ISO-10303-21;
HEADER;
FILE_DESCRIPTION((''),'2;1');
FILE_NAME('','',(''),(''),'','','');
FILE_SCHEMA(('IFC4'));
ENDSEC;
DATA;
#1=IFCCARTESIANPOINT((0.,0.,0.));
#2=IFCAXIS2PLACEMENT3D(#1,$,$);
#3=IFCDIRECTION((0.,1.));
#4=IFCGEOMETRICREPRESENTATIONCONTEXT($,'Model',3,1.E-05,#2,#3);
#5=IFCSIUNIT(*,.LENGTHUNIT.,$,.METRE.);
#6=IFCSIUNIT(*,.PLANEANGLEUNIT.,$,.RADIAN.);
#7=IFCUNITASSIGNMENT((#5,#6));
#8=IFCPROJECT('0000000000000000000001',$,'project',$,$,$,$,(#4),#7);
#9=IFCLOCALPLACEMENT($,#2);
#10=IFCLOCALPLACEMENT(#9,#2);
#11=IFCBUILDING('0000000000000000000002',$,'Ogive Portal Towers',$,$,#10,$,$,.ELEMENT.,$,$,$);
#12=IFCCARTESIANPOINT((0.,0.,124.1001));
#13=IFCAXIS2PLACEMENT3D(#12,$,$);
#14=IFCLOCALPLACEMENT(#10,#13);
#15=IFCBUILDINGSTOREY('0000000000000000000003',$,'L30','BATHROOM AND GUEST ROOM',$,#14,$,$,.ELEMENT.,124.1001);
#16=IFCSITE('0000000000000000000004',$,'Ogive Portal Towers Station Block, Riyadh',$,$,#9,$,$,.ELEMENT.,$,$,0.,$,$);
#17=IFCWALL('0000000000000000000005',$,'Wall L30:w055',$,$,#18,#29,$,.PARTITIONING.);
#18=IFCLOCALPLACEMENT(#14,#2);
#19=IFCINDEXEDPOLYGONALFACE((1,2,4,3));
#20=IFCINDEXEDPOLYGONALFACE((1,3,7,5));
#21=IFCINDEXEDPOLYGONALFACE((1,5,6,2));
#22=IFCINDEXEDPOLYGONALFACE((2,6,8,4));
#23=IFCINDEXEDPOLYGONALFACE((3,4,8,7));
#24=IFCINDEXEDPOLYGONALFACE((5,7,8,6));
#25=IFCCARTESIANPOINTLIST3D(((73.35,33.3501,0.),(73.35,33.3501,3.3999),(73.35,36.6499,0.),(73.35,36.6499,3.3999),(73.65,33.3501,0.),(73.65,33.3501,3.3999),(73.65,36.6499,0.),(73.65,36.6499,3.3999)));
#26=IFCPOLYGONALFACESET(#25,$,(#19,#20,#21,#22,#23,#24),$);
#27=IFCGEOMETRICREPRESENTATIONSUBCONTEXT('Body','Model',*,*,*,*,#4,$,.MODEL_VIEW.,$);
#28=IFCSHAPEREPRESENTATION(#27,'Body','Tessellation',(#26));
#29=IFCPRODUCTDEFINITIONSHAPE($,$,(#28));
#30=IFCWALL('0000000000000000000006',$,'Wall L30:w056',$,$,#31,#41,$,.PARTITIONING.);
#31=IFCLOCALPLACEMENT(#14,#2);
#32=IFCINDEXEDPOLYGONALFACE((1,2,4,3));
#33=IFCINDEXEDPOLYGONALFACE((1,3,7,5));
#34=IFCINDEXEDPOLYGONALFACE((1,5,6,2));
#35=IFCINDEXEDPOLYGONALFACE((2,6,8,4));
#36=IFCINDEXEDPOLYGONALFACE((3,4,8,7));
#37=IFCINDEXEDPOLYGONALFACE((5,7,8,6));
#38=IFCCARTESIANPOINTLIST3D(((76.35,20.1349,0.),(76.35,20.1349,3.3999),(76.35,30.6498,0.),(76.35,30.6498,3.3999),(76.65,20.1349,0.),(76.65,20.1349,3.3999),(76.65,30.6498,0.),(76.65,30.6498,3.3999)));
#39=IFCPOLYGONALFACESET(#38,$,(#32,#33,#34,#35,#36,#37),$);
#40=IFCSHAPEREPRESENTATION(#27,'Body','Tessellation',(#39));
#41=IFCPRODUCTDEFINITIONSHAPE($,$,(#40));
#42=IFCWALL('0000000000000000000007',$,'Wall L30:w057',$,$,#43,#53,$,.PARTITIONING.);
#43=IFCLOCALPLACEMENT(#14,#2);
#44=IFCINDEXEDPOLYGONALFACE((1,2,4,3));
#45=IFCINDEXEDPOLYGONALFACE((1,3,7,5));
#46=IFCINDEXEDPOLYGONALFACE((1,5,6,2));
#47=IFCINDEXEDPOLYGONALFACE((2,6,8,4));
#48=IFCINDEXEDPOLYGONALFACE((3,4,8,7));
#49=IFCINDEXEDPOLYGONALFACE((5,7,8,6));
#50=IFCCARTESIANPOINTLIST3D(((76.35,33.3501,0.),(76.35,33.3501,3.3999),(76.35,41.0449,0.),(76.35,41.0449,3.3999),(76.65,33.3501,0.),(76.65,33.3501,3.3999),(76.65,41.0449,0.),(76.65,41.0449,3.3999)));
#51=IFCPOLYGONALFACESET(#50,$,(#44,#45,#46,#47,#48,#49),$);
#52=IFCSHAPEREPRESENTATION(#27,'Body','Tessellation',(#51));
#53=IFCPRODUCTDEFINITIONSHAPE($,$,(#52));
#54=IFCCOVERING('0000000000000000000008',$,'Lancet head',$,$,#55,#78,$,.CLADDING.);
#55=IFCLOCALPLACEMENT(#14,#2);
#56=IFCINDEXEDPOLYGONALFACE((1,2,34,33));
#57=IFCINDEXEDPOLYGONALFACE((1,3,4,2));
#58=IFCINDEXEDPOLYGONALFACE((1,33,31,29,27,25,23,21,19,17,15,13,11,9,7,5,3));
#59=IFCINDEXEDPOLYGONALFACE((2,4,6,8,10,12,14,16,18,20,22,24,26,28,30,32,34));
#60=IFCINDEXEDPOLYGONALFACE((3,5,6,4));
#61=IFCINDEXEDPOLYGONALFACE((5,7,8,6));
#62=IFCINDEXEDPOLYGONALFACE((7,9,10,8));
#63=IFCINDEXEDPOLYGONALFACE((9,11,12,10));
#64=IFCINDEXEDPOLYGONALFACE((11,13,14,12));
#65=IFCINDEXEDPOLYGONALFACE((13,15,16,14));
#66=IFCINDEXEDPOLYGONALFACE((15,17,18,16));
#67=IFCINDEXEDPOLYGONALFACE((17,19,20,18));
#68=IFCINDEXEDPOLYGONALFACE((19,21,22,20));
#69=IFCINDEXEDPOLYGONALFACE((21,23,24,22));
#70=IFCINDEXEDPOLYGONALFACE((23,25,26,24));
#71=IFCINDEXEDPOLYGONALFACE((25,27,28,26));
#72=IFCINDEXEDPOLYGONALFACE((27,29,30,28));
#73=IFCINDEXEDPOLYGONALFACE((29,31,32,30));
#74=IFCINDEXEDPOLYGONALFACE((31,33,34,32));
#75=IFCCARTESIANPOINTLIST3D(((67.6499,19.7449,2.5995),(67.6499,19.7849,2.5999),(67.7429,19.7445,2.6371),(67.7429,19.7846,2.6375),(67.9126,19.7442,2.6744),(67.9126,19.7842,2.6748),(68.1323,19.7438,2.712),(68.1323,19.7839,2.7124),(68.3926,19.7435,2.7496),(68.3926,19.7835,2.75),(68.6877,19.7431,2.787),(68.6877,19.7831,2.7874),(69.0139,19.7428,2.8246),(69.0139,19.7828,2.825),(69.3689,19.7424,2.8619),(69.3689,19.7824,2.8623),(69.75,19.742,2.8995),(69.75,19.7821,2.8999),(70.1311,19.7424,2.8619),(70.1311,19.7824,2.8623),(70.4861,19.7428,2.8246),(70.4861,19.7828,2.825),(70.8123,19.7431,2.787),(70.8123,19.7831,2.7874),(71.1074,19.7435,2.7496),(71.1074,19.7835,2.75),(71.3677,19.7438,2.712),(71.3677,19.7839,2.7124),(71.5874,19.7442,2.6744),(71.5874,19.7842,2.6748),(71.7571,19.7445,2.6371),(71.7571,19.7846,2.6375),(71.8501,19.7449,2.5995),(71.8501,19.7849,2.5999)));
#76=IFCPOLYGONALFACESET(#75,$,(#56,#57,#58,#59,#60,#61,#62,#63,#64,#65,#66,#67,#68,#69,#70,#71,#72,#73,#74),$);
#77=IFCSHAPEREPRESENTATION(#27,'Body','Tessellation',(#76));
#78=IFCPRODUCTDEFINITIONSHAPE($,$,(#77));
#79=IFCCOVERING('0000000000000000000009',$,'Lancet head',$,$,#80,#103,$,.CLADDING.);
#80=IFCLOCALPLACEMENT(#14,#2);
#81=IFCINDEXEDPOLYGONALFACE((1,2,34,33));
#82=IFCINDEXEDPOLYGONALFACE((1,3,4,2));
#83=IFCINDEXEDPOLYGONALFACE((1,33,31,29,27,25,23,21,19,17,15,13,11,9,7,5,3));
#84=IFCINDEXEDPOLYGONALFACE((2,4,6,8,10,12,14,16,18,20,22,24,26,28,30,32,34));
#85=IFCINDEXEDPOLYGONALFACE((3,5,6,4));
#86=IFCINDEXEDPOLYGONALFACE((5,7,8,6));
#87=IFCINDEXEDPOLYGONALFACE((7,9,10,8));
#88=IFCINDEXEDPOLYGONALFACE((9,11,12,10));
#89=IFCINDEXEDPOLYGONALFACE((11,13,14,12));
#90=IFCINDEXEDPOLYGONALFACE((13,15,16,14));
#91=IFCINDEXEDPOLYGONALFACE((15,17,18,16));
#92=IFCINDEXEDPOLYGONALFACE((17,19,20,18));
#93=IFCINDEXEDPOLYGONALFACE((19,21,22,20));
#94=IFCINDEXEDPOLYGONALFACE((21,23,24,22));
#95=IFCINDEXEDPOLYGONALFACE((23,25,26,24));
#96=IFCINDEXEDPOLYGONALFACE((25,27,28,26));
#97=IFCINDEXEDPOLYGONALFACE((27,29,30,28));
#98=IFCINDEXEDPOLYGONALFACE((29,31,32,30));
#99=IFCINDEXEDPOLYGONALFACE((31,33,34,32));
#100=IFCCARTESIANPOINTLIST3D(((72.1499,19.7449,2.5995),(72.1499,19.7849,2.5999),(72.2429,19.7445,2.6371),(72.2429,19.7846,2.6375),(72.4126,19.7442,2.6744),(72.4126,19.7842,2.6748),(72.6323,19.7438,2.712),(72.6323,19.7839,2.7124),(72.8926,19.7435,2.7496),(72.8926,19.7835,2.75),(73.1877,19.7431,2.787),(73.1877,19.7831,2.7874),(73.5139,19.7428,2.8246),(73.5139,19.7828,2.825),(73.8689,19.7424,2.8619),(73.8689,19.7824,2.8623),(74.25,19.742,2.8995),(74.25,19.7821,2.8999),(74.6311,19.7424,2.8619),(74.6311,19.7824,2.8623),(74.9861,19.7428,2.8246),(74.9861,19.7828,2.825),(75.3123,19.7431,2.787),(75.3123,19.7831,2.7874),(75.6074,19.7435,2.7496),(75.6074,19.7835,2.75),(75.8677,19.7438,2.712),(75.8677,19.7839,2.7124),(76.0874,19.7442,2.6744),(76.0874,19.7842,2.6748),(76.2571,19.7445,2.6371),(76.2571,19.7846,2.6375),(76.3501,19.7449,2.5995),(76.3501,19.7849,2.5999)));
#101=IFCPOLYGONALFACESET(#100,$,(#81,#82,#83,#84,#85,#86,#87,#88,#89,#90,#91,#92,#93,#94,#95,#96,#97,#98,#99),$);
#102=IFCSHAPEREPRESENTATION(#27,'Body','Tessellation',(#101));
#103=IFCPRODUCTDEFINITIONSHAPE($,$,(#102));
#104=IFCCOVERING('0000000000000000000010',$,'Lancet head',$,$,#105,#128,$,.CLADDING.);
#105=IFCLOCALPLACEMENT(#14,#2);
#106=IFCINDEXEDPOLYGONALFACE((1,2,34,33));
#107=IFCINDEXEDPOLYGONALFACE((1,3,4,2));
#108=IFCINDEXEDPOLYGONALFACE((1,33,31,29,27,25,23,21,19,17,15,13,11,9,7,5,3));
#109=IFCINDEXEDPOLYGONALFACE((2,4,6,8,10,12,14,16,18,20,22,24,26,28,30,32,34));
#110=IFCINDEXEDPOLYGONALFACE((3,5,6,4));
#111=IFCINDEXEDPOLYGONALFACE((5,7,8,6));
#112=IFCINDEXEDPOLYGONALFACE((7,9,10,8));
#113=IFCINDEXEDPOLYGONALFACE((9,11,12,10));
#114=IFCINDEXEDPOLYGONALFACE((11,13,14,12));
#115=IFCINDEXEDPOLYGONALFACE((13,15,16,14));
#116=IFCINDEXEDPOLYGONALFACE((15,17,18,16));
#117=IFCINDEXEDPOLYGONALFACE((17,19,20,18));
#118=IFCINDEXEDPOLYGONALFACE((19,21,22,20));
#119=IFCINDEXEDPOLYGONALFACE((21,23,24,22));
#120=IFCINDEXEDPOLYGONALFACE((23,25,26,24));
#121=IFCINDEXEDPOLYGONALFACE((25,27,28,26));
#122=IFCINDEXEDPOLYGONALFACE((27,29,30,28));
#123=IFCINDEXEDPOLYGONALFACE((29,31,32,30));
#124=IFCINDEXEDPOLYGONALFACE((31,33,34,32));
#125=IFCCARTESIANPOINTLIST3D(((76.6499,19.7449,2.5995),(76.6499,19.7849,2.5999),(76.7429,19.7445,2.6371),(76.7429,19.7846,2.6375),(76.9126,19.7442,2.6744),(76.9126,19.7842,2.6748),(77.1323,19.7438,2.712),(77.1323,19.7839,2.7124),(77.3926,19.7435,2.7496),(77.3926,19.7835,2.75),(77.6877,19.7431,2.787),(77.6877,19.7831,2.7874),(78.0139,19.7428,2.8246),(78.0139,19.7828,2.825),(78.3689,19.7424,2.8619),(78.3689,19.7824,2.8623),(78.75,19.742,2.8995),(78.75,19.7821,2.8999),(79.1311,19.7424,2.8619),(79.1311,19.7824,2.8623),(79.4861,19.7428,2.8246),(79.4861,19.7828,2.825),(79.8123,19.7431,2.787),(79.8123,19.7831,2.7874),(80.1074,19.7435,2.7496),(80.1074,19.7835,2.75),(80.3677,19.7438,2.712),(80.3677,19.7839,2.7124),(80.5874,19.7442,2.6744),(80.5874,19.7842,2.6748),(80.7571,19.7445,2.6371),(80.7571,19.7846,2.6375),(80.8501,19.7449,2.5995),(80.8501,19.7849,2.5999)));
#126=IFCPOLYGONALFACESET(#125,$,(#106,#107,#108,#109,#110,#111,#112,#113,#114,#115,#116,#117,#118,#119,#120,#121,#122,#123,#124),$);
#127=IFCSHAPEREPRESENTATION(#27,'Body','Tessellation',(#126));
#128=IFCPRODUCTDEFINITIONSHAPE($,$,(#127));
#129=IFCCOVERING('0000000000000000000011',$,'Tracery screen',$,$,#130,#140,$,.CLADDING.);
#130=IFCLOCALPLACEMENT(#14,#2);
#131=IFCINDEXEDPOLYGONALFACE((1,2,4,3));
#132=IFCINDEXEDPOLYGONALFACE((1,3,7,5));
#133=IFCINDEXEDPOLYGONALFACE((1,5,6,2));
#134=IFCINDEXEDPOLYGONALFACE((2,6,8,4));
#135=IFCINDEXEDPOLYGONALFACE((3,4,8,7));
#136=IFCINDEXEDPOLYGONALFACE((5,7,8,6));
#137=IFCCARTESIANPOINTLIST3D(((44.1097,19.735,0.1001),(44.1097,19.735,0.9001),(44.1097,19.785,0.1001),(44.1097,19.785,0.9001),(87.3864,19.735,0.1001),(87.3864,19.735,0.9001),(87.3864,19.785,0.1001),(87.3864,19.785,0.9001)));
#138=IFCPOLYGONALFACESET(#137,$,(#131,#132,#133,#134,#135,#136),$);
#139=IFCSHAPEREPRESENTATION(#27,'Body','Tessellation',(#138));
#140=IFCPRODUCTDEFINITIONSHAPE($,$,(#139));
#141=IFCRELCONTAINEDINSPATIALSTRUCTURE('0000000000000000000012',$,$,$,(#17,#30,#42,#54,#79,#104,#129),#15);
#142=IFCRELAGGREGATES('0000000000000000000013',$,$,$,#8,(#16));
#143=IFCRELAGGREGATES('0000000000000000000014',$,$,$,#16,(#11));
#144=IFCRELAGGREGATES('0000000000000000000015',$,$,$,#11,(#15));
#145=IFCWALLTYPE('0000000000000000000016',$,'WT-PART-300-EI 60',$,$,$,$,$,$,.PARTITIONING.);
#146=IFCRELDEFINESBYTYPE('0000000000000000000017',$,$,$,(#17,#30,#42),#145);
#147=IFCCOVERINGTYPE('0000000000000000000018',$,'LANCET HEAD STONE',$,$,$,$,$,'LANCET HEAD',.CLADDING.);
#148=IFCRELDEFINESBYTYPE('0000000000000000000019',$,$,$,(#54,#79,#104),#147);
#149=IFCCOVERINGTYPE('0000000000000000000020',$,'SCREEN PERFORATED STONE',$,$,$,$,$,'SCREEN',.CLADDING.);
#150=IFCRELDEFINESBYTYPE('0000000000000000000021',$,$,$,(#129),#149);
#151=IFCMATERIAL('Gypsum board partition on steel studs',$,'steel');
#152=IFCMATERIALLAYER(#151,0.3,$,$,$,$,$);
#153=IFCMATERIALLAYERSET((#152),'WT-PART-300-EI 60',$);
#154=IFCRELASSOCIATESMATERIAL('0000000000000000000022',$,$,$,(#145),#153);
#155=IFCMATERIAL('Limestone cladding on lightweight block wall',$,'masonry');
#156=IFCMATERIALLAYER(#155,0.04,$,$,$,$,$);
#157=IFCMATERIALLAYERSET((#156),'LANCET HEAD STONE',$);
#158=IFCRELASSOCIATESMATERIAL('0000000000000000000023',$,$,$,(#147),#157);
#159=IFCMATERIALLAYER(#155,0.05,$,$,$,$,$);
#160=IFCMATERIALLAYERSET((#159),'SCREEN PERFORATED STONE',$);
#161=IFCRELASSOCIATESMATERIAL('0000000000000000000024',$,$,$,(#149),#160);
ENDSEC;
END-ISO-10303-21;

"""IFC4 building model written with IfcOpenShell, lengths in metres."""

from ifc_helpers import new_model, si_unit, direction, frame, frame_2d, origin, origin_2d, place, context, subcontext, project, spatial, polyline, rectangle, outline, extrude, material, layer, layer_set, type_object, element, save


model = new_model("IFC4")

# Units and contexts
model_context = context("Model", 3, precision=1e-05, world=origin(), true_north=direction((0.0, 1.0)))
body_context = subcontext(model_context, "Body", "Model", "MODEL_VIEW")
ifc_project = project(units=[si_unit("LENGTHUNIT", "METRE"), si_unit("PLANEANGLEUNIT", "RADIAN")], contexts=[model_context])

# Site, building, storey
site_placement = place(None, origin())
site = spatial("IfcSite", under=ifc_project, at=site_placement, Name="Ogive Portal Towers Station Block, Riyadh", CompositionType="ELEMENT", RefElevation=0.0)
building_placement = place(site_placement, origin())
building = spatial("IfcBuilding", under=site, at=building_placement, Name="Ogive Portal Towers", CompositionType="ELEMENT")
storey_placement = place(building_placement, frame((0.0, 0.0, 124.1001)))
storey = spatial("IfcBuildingStorey", under=building, at=storey_placement, Name="L30", Description="BATHROOM AND GUEST ROOM", CompositionType="ELEMENT", Elevation=124.1001)

# Shared definitions
ifc_material_1 = material(Name="Gypsum board partition on steel studs", Category="steel")
ifc_layer_1 = layer(ifc_material_1, 0.3)
ifc_layer_set_1 = layer_set([ifc_layer_1], Name="WT-PART-300-EI 60")
wall_type = type_object("IfcWallType", Name="WT-PART-300-EI 60", PredefinedType="PARTITIONING", material=ifc_layer_set_1)

# Walls
for number, where, z_axis, x_axis, name in (
    (1, (73.5, 33.3501, 0.0), (0.0, 0.0, 1.0), (0.0, 1.0, 0.0), "Wall L30:w055"),
):
    element("IfcWall", number, at=place(storey_placement, frame(where, z_axis=z_axis, x_axis=x_axis)), inside=storey, type_object=wall_type, Name=name, PredefinedType="PARTITIONING", context=body_context, shape_type="SweptSolid", body=[
        extrude(rectangle(XDim=3.2998, YDim=0.3, at=frame_2d((1.6499, 0.0))), origin(), (0.0, 0.0, 1.0), 3.3999),
    ])
wall_1_placement = place(storey_placement, frame((76.5, 20.135, 0.0), z_axis=(0.0, 0.0, 1.0), x_axis=(0.0, 1.0, 0.0)))
element("IfcWall", 2, at=wall_1_placement, inside=storey, type_object=wall_type, Name="Wall L30:w056", PredefinedType="PARTITIONING", context=body_context, shape_type="SweptSolid", body=[
    extrude(rectangle(XDim=10.5149, YDim=0.3, at=frame_2d((5.2573, 0.0))), origin(), (0.0, 0.0, 1.0), 3.3999),
])
wall_2_placement = place(storey_placement, frame((76.5, 33.3501, 0.0), z_axis=(0.0, 0.0, 1.0), x_axis=(0.0, 1.0, 0.0)))
element("IfcWall", 3, at=wall_2_placement, inside=storey, type_object=wall_type, Name="Wall L30:w057", PredefinedType="PARTITIONING", context=body_context, shape_type="SweptSolid", body=[
    extrude(rectangle(XDim=7.6948, YDim=0.3, at=frame_2d((3.8474, 0.0))), origin(), (0.0, 0.0, 1.0), 3.3999),
])

# Coverings
ifc_material_2 = material(Name="Limestone cladding on lightweight block wall", Category="masonry")
ifc_layer_2 = layer(ifc_material_2, 0.04)
ifc_layer_set_2 = layer_set([ifc_layer_2], Name="LANCET HEAD STONE")
covering_type_1 = type_object("IfcCoveringType", Name="LANCET HEAD STONE", ElementType="LANCET HEAD", PredefinedType="CLADDING", material=ifc_layer_set_2)
for number, where, z_axis, x_axis, name in (
    (4, (67.6499, 19.7849, 2.5999), (0.0, 0.999956, 0.009423), (1.0, 0.0, 0.0), "Lancet head"),
    (5, (72.1499, 19.7849, 2.5999), (0.0, 0.999956, 0.009423), (1.0, 0.0, 0.0), "Lancet head"),
    (6, (76.6499, 19.7849, 2.5999), (0.0, 0.999956, 0.009423), (1.0, 0.0, 0.0), "Lancet head"),
):
    element("IfcCovering", number, at=place(storey_placement, frame(where, z_axis=z_axis, x_axis=x_axis)), inside=storey, type_object=covering_type_1, Name=name, PredefinedType="CLADDING", context=body_context, shape_type="SweptSolid", body=[
        extrude(outline(polyline([(0.0, 0.0), (4.2002, 0.0), (4.1072, -0.0376), (3.9375, -0.075), (3.7178, -0.1126), (3.4575, -0.1502), (3.1624, -0.1875), (2.8362, -0.2251), (2.4812, -0.2625), (2.1001, -0.3001), (1.719, -0.2625), (1.364, -0.2251), (1.0378, -0.1875), (0.7427, -0.1502), (0.4824, -0.1126), (0.2627, -0.075), (0.093, -0.0376), (0.0, 0.0)])), origin(), (0.0, 0.0, -1.0), 0.04),
    ])
ifc_layer_3 = layer(ifc_material_2, 0.05)
ifc_layer_set_3 = layer_set([ifc_layer_3], Name="SCREEN PERFORATED STONE")
covering_type_2 = type_object("IfcCoveringType", Name="SCREEN PERFORATED STONE", ElementType="SCREEN", PredefinedType="CLADDING", material=ifc_layer_set_3)
covering_placement = place(storey_placement, frame((65.748, 19.76, 0.1001), z_axis=(0.0, 0.0, 1.0), x_axis=(1.0, 0.0, 0.0)))
element("IfcCovering", 7, at=covering_placement, inside=storey, type_object=covering_type_2, Name="Tracery screen", PredefinedType="CLADDING", context=body_context, shape_type="SweptSolid", body=[
    extrude(rectangle(XDim=43.2766, YDim=0.05, at=origin_2d()), origin(), (0.0, 0.0, 1.0), 0.8),
])

save(model, "model.ifc")
